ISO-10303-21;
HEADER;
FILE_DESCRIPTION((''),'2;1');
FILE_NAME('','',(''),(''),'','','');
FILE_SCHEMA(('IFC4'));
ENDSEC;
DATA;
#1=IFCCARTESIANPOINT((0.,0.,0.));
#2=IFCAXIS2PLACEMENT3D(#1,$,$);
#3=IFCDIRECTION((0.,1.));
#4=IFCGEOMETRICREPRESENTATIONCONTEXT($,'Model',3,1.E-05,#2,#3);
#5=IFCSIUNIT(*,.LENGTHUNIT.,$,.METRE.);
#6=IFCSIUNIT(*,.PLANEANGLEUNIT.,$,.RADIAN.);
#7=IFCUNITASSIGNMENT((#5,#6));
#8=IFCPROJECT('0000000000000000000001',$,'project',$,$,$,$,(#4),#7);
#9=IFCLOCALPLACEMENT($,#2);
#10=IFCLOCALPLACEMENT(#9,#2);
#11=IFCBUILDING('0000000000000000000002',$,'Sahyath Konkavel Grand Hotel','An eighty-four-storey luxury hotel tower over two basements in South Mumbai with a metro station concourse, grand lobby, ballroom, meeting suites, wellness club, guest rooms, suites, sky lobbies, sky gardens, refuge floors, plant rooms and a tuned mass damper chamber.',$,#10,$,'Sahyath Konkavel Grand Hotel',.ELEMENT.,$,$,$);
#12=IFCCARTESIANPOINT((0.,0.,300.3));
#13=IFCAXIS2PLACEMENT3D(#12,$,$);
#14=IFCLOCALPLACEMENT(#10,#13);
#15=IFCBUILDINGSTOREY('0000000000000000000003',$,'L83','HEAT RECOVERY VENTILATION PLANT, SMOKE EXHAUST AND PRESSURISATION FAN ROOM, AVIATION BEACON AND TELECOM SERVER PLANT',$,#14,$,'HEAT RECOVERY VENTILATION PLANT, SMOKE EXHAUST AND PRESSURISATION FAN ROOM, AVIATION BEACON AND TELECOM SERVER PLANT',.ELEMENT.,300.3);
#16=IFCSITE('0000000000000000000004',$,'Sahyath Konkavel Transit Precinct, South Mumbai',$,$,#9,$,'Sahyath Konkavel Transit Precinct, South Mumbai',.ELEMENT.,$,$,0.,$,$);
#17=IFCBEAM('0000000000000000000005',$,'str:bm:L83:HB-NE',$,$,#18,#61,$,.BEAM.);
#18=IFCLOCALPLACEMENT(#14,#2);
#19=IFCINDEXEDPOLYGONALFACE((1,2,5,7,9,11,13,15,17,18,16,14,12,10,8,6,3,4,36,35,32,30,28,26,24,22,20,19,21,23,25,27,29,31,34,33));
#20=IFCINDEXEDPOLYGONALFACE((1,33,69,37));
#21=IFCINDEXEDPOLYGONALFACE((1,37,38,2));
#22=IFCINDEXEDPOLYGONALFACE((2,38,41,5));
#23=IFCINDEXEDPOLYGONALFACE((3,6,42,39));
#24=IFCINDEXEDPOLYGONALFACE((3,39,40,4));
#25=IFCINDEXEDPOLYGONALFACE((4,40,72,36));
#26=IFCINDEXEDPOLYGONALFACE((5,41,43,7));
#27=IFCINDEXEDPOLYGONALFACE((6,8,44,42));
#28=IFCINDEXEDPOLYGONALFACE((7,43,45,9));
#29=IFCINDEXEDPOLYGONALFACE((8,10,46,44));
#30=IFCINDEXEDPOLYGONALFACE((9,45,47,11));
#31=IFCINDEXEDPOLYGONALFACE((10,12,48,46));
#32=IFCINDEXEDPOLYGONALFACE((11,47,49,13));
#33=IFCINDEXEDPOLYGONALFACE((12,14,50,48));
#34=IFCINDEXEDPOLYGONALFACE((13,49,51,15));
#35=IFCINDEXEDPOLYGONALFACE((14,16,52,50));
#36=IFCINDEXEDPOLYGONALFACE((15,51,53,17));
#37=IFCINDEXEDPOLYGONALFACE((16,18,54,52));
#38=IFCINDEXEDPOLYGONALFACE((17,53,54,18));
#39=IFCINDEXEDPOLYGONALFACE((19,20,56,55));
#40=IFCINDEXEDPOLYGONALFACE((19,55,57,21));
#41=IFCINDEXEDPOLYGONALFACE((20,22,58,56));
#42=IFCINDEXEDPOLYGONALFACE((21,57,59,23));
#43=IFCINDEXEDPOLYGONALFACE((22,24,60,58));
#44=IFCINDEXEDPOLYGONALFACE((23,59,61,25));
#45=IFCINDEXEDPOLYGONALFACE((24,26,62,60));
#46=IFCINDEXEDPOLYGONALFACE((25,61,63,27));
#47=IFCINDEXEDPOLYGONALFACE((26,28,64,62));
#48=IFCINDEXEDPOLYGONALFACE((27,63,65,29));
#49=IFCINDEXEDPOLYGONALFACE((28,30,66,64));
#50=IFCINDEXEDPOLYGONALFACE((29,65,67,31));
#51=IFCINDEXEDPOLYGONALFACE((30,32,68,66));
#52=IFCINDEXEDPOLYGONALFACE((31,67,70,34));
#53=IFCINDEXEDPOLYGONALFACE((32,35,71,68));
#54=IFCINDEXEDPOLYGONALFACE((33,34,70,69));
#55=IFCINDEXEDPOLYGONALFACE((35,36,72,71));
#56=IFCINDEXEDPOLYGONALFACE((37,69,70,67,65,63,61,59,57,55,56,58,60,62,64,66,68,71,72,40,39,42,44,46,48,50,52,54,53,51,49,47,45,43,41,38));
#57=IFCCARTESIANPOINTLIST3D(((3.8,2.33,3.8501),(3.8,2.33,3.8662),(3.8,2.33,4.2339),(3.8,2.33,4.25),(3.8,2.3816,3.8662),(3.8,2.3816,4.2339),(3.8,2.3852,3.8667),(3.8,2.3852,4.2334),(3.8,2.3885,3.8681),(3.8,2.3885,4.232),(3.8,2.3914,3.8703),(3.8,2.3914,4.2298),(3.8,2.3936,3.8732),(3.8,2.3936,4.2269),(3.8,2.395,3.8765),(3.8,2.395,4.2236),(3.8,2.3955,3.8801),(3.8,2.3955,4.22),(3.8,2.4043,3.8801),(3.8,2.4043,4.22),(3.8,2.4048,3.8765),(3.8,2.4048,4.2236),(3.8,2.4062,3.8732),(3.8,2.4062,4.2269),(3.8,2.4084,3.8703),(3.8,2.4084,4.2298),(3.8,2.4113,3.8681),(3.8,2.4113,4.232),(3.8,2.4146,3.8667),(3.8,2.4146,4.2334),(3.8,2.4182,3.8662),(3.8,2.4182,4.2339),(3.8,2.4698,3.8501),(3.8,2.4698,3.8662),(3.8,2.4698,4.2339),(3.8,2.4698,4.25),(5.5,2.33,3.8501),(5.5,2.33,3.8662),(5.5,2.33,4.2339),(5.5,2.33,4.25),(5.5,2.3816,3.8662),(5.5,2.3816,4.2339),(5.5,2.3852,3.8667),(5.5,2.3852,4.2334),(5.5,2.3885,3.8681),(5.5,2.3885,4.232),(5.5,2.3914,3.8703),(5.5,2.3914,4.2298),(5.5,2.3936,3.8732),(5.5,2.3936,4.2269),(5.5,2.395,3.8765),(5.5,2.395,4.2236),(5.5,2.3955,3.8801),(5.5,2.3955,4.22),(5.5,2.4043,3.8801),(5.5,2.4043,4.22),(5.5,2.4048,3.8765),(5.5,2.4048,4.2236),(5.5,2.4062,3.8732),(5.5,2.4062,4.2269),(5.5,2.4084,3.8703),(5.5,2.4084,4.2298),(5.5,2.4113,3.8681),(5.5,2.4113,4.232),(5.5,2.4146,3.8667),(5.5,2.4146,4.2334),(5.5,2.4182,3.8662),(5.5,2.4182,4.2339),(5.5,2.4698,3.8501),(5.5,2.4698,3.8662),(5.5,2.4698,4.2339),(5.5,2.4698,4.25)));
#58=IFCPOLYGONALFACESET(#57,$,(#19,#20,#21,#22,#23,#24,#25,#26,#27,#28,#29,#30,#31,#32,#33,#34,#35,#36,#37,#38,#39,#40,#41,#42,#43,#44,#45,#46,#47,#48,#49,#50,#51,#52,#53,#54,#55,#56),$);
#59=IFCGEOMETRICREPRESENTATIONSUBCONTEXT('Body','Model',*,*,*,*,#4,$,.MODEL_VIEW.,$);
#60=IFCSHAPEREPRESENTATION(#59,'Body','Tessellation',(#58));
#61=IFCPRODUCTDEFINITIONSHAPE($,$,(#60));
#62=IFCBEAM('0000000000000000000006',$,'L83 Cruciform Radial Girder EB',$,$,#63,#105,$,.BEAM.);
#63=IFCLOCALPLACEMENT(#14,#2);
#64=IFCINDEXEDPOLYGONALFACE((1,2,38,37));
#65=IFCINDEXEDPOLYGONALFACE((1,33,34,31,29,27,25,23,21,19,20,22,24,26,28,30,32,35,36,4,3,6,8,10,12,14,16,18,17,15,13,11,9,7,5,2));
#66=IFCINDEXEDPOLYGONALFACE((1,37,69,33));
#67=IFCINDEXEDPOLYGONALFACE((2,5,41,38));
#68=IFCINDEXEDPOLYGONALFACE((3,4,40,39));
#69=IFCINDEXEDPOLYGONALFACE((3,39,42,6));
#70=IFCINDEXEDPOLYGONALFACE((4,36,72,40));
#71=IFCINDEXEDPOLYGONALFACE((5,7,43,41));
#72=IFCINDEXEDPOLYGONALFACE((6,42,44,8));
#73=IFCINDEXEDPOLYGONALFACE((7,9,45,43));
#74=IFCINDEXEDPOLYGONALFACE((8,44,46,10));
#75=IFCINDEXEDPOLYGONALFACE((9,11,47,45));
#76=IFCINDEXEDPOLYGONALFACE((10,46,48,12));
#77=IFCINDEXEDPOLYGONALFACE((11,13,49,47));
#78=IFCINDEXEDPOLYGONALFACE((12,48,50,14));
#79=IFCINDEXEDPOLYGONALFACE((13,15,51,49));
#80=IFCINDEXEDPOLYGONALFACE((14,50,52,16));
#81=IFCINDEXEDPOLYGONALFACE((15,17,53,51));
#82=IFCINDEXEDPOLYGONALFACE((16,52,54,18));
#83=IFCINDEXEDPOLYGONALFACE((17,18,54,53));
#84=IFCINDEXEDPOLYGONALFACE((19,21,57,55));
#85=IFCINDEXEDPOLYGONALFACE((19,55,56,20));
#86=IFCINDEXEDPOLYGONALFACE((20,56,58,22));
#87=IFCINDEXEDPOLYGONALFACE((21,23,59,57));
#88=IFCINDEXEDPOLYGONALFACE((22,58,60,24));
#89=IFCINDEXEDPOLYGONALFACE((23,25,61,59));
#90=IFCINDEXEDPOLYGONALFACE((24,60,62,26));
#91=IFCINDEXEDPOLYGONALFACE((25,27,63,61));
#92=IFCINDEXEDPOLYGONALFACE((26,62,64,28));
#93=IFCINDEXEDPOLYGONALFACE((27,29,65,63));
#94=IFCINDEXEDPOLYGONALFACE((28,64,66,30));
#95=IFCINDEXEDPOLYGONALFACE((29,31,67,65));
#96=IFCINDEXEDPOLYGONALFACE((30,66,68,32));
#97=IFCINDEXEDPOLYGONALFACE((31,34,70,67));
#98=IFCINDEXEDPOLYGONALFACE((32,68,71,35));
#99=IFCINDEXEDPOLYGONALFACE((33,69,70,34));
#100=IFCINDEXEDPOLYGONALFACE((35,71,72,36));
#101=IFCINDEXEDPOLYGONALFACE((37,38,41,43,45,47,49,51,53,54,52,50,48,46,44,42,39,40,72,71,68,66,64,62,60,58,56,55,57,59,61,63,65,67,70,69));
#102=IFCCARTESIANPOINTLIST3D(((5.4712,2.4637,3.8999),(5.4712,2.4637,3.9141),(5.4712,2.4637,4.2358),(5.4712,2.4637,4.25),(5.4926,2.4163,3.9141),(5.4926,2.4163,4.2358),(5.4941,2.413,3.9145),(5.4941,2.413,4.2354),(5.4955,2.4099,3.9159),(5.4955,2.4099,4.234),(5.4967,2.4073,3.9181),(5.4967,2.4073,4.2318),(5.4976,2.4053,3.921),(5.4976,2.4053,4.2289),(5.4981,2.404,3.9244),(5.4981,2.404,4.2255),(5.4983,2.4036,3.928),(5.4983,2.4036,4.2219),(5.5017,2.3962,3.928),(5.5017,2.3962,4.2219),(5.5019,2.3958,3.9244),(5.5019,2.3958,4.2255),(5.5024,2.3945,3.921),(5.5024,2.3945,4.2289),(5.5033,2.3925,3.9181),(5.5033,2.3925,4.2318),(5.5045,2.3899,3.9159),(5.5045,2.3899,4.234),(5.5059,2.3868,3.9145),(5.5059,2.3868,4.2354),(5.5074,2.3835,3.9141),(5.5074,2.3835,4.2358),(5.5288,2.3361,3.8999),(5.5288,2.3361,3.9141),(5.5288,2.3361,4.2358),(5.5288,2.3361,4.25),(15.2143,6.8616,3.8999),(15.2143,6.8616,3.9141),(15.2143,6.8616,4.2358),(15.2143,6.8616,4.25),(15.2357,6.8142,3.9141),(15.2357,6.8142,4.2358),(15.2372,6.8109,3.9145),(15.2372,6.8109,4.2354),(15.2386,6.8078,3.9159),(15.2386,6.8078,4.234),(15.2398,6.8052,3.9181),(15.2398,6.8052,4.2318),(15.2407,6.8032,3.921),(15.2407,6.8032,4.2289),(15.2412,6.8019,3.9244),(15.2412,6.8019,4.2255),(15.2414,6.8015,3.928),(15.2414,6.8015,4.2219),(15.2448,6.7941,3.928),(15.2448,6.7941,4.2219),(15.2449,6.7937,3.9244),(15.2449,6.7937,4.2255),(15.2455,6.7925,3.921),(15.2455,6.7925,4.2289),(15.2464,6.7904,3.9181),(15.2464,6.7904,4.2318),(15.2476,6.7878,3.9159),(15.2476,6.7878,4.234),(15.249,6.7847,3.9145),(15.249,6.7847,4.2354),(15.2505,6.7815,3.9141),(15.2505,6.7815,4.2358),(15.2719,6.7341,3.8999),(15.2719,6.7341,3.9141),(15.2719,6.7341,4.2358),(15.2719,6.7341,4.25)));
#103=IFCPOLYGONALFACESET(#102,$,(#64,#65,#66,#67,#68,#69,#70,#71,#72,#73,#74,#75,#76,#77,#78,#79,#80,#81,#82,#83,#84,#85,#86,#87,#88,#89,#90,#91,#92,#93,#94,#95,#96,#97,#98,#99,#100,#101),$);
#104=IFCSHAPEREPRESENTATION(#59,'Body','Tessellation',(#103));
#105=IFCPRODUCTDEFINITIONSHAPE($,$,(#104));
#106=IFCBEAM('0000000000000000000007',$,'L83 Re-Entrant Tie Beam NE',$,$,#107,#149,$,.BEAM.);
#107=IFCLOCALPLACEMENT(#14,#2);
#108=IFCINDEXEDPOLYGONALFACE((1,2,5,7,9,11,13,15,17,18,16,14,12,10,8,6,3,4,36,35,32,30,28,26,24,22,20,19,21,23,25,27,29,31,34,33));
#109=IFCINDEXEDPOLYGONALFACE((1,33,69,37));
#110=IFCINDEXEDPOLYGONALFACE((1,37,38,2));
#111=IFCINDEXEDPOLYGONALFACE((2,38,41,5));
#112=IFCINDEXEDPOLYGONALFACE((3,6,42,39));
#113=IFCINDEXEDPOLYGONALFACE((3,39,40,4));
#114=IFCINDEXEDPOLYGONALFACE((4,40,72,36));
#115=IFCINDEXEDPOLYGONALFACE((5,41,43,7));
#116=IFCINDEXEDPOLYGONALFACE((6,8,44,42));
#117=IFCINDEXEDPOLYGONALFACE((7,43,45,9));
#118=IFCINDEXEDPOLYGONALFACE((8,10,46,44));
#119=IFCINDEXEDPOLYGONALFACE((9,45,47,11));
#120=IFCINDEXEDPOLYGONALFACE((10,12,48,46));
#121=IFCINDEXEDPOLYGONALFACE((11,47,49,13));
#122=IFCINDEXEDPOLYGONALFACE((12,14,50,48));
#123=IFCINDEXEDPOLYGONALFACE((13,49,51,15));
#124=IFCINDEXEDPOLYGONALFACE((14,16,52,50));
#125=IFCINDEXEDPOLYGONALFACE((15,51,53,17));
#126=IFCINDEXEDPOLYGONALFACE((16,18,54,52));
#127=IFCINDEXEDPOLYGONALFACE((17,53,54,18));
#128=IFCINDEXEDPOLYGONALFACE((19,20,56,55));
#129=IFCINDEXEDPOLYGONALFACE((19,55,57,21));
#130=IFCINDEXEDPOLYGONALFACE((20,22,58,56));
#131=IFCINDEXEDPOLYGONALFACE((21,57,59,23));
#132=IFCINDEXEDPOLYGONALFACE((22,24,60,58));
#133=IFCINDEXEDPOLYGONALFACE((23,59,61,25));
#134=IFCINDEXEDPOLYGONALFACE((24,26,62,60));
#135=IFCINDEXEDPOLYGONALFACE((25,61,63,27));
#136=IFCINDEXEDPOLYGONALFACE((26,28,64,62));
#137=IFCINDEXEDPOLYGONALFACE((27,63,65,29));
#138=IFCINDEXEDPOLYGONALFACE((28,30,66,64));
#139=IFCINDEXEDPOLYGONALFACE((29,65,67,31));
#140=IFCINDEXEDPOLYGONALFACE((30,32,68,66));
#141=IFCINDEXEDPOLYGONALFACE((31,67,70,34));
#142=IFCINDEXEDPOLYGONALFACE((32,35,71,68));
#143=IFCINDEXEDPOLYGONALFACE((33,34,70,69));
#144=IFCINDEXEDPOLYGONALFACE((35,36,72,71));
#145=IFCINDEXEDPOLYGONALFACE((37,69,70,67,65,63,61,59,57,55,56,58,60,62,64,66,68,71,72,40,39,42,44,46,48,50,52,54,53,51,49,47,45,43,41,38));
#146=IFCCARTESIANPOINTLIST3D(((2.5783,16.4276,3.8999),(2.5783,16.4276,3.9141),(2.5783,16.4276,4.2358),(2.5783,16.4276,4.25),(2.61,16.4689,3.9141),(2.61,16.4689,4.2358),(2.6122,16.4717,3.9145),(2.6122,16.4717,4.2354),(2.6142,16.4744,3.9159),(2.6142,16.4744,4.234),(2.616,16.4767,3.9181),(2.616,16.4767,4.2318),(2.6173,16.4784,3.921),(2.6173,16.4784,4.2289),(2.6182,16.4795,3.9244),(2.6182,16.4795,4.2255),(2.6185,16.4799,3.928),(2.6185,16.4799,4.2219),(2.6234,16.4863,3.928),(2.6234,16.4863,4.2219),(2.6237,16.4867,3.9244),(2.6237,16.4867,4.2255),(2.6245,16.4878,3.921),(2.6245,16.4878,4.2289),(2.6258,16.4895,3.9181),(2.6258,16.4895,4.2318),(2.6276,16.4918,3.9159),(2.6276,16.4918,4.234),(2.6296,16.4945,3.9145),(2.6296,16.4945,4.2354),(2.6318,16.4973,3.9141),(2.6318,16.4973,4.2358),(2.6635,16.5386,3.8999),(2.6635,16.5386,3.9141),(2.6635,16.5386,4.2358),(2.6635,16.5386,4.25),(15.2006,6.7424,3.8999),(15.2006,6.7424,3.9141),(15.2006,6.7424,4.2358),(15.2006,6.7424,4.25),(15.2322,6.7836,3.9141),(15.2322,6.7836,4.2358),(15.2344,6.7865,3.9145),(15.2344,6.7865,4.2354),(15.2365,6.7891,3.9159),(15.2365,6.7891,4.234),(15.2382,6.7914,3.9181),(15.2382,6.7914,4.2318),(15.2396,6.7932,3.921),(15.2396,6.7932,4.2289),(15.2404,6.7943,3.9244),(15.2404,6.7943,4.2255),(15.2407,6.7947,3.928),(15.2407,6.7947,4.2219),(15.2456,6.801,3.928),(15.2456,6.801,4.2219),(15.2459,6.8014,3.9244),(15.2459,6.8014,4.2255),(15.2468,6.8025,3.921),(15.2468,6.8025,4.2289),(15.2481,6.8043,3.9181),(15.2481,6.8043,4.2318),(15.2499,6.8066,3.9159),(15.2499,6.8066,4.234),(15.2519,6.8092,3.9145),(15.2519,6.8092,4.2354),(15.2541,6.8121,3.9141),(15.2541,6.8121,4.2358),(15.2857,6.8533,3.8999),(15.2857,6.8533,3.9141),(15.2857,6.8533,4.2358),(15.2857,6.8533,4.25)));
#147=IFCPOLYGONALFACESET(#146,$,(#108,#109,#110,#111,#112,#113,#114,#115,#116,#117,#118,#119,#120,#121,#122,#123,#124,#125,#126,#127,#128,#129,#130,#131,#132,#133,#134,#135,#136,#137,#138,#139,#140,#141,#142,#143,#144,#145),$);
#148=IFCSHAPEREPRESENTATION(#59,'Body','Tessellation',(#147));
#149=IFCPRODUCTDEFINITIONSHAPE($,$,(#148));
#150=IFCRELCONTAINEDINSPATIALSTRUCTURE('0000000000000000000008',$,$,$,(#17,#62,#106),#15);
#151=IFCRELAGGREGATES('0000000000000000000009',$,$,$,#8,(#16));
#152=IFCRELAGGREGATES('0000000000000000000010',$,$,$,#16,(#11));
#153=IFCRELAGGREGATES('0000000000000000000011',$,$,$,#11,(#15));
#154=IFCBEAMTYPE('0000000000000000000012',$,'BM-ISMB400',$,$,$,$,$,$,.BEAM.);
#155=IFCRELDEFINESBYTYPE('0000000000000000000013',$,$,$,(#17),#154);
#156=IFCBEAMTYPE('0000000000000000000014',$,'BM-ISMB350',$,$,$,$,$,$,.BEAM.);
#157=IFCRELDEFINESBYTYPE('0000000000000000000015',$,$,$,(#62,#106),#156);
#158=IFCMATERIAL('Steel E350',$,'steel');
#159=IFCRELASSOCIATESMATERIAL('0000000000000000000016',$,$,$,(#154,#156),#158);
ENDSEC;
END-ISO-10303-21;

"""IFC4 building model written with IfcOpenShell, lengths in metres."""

from ifc_helpers import new_model, si_unit, direction, frame, origin, origin_2d, place, context, subcontext, project, spatial, i_section, extrude, source, transform, mapped, material, material_profile, profile_set, type_object, element, save


model = new_model("IFC4")

# Units and contexts
model_context = context("Model", 3, precision=1e-05, world=origin(), true_north=direction((0.0, 1.0)))
body_context = subcontext(model_context, "Body", "Model", "MODEL_VIEW")
ifc_project = project(units=[si_unit("LENGTHUNIT", "METRE"), si_unit("PLANEANGLEUNIT", "RADIAN")], contexts=[model_context])

# Site, building, storey
site_placement = place(None, origin())
site = spatial("IfcSite", under=ifc_project, at=site_placement, Name="Sahyath Konkavel Transit Precinct, South Mumbai", LongName="Sahyath Konkavel Transit Precinct, South Mumbai", CompositionType="ELEMENT", RefElevation=0.0)
building_placement = place(site_placement, origin())
building = spatial("IfcBuilding", under=site, at=building_placement, Name="Sahyath Konkavel Grand Hotel", Description="An eighty-four-storey luxury hotel tower over two basements in South Mumbai with a metro station concourse, grand lobby, ballroom, meeting suites, wellness club, guest rooms, suites, sky lobbies, sky gardens, refuge floors, plant rooms and a tuned mass damper chamber.", LongName="Sahyath Konkavel Grand Hotel", CompositionType="ELEMENT")
storey_placement = place(building_placement, frame((0.0, 0.0, 300.3)))
storey = spatial("IfcBuildingStorey", under=building, at=storey_placement, Name="L83", Description="HEAT RECOVERY VENTILATION PLANT, SMOKE EXHAUST AND PRESSURISATION FAN ROOM, AVIATION BEACON AND TELECOM SERVER PLANT", LongName="HEAT RECOVERY VENTILATION PLANT, SMOKE EXHAUST AND PRESSURISATION FAN ROOM, AVIATION BEACON AND TELECOM SERVER PLANT", CompositionType="ELEMENT", Elevation=300.3)

# Shared definitions
ifc_material_1 = material(Name="Steel E350", Category="steel")

# Beams
ifc_material_profile_1 = material_profile(ifc_material_1, i_section(OverallWidth=0.1399, OverallDepth=0.3999, WebThickness=0.0088, FlangeThickness=0.0161, FilletRadius=0.0139, at=origin_2d()), Name="ISMB 400")
ifc_profile_set_1 = profile_set([ifc_material_profile_1], Name="Steel E350")
beam_type_1 = type_object("IfcBeamType", Name="BM-ISMB400", PredefinedType="BEAM", material=ifc_profile_set_1)
shared_shape_1 = source(origin(), body_context, "Body", "SweptSolid", [
    extrude(i_section(OverallWidth=0.1399, OverallDepth=0.3999, WebThickness=0.0088, FlangeThickness=0.0161, FilletRadius=0.0139, at=origin_2d()), origin(), (0.0, 0.0, 1.0), 1.7),
])
beam_1_placement = place(storey_placement, frame((3.8, 2.3999, 4.05), z_axis=(1.0, 0.0, 0.0), x_axis=(0.0, 1.0, 0.0)))
element("IfcBeam", 1, at=beam_1_placement, inside=storey, type_object=beam_type_1, Name="str:bm:L83:HB-NE", PredefinedType="BEAM", context=body_context, shape_type="MappedRepresentation", body=[
    mapped(shared_shape_1, transform((0.0, 0.0, 0.0), scale=1.0)),
])
ifc_material_profile_2 = material_profile(ifc_material_1, i_section(OverallWidth=0.1399, OverallDepth=0.3501, WebThickness=0.0081, FlangeThickness=0.0142, FilletRadius=0.0139, at=origin_2d()), Name="ISMB 350")
ifc_profile_set_2 = profile_set([ifc_material_profile_2], Name="Steel E350")
beam_type_2 = type_object("IfcBeamType", Name="BM-ISMB350", PredefinedType="BEAM", material=ifc_profile_set_2)
shared_shape_2 = source(origin(), body_context, "Body", "SweptSolid", [
    extrude(i_section(OverallWidth=0.1399, OverallDepth=0.3501, WebThickness=0.0081, FlangeThickness=0.0142, FilletRadius=0.0139, at=origin_2d()), origin(), (0.0, 0.0, 1.0), 10.6897),
])
beam_2_placement = place(storey_placement, frame((5.5, 2.3999, 4.075), z_axis=(0.911447, 0.411417, 0.0), x_axis=(-0.411417, 0.911447, 0.0)))
element("IfcBeam", 2, at=beam_2_placement, inside=storey, type_object=beam_type_2, Name="L83 Cruciform Radial Girder EB", PredefinedType="BEAM", context=body_context, shape_type="MappedRepresentation", body=[
    mapped(shared_shape_2, transform((0.0, 0.0, 0.0), scale=1.0)),
])
shared_shape_3 = source(origin(), body_context, "Body", "SweptSolid", [
    extrude(i_section(OverallWidth=0.1399, OverallDepth=0.3501, WebThickness=0.0081, FlangeThickness=0.0142, FilletRadius=0.0139, at=origin_2d()), origin(), (0.0, 0.0, 1.0), 15.9099),
])
beam_3_placement = place(storey_placement, frame((15.2432, 6.7979, 4.075), z_axis=(-0.793358, 0.608756, 0.0), x_axis=(-0.608756, -0.793358, 0.0)))
element("IfcBeam", 3, at=beam_3_placement, inside=storey, type_object=beam_type_2, Name="L83 Re-Entrant Tie Beam NE", PredefinedType="BEAM", context=body_context, shape_type="MappedRepresentation", body=[
    mapped(shared_shape_3, transform((0.0, 0.0, 0.0), scale=1.0)),
])

save(model, "model.ifc")
